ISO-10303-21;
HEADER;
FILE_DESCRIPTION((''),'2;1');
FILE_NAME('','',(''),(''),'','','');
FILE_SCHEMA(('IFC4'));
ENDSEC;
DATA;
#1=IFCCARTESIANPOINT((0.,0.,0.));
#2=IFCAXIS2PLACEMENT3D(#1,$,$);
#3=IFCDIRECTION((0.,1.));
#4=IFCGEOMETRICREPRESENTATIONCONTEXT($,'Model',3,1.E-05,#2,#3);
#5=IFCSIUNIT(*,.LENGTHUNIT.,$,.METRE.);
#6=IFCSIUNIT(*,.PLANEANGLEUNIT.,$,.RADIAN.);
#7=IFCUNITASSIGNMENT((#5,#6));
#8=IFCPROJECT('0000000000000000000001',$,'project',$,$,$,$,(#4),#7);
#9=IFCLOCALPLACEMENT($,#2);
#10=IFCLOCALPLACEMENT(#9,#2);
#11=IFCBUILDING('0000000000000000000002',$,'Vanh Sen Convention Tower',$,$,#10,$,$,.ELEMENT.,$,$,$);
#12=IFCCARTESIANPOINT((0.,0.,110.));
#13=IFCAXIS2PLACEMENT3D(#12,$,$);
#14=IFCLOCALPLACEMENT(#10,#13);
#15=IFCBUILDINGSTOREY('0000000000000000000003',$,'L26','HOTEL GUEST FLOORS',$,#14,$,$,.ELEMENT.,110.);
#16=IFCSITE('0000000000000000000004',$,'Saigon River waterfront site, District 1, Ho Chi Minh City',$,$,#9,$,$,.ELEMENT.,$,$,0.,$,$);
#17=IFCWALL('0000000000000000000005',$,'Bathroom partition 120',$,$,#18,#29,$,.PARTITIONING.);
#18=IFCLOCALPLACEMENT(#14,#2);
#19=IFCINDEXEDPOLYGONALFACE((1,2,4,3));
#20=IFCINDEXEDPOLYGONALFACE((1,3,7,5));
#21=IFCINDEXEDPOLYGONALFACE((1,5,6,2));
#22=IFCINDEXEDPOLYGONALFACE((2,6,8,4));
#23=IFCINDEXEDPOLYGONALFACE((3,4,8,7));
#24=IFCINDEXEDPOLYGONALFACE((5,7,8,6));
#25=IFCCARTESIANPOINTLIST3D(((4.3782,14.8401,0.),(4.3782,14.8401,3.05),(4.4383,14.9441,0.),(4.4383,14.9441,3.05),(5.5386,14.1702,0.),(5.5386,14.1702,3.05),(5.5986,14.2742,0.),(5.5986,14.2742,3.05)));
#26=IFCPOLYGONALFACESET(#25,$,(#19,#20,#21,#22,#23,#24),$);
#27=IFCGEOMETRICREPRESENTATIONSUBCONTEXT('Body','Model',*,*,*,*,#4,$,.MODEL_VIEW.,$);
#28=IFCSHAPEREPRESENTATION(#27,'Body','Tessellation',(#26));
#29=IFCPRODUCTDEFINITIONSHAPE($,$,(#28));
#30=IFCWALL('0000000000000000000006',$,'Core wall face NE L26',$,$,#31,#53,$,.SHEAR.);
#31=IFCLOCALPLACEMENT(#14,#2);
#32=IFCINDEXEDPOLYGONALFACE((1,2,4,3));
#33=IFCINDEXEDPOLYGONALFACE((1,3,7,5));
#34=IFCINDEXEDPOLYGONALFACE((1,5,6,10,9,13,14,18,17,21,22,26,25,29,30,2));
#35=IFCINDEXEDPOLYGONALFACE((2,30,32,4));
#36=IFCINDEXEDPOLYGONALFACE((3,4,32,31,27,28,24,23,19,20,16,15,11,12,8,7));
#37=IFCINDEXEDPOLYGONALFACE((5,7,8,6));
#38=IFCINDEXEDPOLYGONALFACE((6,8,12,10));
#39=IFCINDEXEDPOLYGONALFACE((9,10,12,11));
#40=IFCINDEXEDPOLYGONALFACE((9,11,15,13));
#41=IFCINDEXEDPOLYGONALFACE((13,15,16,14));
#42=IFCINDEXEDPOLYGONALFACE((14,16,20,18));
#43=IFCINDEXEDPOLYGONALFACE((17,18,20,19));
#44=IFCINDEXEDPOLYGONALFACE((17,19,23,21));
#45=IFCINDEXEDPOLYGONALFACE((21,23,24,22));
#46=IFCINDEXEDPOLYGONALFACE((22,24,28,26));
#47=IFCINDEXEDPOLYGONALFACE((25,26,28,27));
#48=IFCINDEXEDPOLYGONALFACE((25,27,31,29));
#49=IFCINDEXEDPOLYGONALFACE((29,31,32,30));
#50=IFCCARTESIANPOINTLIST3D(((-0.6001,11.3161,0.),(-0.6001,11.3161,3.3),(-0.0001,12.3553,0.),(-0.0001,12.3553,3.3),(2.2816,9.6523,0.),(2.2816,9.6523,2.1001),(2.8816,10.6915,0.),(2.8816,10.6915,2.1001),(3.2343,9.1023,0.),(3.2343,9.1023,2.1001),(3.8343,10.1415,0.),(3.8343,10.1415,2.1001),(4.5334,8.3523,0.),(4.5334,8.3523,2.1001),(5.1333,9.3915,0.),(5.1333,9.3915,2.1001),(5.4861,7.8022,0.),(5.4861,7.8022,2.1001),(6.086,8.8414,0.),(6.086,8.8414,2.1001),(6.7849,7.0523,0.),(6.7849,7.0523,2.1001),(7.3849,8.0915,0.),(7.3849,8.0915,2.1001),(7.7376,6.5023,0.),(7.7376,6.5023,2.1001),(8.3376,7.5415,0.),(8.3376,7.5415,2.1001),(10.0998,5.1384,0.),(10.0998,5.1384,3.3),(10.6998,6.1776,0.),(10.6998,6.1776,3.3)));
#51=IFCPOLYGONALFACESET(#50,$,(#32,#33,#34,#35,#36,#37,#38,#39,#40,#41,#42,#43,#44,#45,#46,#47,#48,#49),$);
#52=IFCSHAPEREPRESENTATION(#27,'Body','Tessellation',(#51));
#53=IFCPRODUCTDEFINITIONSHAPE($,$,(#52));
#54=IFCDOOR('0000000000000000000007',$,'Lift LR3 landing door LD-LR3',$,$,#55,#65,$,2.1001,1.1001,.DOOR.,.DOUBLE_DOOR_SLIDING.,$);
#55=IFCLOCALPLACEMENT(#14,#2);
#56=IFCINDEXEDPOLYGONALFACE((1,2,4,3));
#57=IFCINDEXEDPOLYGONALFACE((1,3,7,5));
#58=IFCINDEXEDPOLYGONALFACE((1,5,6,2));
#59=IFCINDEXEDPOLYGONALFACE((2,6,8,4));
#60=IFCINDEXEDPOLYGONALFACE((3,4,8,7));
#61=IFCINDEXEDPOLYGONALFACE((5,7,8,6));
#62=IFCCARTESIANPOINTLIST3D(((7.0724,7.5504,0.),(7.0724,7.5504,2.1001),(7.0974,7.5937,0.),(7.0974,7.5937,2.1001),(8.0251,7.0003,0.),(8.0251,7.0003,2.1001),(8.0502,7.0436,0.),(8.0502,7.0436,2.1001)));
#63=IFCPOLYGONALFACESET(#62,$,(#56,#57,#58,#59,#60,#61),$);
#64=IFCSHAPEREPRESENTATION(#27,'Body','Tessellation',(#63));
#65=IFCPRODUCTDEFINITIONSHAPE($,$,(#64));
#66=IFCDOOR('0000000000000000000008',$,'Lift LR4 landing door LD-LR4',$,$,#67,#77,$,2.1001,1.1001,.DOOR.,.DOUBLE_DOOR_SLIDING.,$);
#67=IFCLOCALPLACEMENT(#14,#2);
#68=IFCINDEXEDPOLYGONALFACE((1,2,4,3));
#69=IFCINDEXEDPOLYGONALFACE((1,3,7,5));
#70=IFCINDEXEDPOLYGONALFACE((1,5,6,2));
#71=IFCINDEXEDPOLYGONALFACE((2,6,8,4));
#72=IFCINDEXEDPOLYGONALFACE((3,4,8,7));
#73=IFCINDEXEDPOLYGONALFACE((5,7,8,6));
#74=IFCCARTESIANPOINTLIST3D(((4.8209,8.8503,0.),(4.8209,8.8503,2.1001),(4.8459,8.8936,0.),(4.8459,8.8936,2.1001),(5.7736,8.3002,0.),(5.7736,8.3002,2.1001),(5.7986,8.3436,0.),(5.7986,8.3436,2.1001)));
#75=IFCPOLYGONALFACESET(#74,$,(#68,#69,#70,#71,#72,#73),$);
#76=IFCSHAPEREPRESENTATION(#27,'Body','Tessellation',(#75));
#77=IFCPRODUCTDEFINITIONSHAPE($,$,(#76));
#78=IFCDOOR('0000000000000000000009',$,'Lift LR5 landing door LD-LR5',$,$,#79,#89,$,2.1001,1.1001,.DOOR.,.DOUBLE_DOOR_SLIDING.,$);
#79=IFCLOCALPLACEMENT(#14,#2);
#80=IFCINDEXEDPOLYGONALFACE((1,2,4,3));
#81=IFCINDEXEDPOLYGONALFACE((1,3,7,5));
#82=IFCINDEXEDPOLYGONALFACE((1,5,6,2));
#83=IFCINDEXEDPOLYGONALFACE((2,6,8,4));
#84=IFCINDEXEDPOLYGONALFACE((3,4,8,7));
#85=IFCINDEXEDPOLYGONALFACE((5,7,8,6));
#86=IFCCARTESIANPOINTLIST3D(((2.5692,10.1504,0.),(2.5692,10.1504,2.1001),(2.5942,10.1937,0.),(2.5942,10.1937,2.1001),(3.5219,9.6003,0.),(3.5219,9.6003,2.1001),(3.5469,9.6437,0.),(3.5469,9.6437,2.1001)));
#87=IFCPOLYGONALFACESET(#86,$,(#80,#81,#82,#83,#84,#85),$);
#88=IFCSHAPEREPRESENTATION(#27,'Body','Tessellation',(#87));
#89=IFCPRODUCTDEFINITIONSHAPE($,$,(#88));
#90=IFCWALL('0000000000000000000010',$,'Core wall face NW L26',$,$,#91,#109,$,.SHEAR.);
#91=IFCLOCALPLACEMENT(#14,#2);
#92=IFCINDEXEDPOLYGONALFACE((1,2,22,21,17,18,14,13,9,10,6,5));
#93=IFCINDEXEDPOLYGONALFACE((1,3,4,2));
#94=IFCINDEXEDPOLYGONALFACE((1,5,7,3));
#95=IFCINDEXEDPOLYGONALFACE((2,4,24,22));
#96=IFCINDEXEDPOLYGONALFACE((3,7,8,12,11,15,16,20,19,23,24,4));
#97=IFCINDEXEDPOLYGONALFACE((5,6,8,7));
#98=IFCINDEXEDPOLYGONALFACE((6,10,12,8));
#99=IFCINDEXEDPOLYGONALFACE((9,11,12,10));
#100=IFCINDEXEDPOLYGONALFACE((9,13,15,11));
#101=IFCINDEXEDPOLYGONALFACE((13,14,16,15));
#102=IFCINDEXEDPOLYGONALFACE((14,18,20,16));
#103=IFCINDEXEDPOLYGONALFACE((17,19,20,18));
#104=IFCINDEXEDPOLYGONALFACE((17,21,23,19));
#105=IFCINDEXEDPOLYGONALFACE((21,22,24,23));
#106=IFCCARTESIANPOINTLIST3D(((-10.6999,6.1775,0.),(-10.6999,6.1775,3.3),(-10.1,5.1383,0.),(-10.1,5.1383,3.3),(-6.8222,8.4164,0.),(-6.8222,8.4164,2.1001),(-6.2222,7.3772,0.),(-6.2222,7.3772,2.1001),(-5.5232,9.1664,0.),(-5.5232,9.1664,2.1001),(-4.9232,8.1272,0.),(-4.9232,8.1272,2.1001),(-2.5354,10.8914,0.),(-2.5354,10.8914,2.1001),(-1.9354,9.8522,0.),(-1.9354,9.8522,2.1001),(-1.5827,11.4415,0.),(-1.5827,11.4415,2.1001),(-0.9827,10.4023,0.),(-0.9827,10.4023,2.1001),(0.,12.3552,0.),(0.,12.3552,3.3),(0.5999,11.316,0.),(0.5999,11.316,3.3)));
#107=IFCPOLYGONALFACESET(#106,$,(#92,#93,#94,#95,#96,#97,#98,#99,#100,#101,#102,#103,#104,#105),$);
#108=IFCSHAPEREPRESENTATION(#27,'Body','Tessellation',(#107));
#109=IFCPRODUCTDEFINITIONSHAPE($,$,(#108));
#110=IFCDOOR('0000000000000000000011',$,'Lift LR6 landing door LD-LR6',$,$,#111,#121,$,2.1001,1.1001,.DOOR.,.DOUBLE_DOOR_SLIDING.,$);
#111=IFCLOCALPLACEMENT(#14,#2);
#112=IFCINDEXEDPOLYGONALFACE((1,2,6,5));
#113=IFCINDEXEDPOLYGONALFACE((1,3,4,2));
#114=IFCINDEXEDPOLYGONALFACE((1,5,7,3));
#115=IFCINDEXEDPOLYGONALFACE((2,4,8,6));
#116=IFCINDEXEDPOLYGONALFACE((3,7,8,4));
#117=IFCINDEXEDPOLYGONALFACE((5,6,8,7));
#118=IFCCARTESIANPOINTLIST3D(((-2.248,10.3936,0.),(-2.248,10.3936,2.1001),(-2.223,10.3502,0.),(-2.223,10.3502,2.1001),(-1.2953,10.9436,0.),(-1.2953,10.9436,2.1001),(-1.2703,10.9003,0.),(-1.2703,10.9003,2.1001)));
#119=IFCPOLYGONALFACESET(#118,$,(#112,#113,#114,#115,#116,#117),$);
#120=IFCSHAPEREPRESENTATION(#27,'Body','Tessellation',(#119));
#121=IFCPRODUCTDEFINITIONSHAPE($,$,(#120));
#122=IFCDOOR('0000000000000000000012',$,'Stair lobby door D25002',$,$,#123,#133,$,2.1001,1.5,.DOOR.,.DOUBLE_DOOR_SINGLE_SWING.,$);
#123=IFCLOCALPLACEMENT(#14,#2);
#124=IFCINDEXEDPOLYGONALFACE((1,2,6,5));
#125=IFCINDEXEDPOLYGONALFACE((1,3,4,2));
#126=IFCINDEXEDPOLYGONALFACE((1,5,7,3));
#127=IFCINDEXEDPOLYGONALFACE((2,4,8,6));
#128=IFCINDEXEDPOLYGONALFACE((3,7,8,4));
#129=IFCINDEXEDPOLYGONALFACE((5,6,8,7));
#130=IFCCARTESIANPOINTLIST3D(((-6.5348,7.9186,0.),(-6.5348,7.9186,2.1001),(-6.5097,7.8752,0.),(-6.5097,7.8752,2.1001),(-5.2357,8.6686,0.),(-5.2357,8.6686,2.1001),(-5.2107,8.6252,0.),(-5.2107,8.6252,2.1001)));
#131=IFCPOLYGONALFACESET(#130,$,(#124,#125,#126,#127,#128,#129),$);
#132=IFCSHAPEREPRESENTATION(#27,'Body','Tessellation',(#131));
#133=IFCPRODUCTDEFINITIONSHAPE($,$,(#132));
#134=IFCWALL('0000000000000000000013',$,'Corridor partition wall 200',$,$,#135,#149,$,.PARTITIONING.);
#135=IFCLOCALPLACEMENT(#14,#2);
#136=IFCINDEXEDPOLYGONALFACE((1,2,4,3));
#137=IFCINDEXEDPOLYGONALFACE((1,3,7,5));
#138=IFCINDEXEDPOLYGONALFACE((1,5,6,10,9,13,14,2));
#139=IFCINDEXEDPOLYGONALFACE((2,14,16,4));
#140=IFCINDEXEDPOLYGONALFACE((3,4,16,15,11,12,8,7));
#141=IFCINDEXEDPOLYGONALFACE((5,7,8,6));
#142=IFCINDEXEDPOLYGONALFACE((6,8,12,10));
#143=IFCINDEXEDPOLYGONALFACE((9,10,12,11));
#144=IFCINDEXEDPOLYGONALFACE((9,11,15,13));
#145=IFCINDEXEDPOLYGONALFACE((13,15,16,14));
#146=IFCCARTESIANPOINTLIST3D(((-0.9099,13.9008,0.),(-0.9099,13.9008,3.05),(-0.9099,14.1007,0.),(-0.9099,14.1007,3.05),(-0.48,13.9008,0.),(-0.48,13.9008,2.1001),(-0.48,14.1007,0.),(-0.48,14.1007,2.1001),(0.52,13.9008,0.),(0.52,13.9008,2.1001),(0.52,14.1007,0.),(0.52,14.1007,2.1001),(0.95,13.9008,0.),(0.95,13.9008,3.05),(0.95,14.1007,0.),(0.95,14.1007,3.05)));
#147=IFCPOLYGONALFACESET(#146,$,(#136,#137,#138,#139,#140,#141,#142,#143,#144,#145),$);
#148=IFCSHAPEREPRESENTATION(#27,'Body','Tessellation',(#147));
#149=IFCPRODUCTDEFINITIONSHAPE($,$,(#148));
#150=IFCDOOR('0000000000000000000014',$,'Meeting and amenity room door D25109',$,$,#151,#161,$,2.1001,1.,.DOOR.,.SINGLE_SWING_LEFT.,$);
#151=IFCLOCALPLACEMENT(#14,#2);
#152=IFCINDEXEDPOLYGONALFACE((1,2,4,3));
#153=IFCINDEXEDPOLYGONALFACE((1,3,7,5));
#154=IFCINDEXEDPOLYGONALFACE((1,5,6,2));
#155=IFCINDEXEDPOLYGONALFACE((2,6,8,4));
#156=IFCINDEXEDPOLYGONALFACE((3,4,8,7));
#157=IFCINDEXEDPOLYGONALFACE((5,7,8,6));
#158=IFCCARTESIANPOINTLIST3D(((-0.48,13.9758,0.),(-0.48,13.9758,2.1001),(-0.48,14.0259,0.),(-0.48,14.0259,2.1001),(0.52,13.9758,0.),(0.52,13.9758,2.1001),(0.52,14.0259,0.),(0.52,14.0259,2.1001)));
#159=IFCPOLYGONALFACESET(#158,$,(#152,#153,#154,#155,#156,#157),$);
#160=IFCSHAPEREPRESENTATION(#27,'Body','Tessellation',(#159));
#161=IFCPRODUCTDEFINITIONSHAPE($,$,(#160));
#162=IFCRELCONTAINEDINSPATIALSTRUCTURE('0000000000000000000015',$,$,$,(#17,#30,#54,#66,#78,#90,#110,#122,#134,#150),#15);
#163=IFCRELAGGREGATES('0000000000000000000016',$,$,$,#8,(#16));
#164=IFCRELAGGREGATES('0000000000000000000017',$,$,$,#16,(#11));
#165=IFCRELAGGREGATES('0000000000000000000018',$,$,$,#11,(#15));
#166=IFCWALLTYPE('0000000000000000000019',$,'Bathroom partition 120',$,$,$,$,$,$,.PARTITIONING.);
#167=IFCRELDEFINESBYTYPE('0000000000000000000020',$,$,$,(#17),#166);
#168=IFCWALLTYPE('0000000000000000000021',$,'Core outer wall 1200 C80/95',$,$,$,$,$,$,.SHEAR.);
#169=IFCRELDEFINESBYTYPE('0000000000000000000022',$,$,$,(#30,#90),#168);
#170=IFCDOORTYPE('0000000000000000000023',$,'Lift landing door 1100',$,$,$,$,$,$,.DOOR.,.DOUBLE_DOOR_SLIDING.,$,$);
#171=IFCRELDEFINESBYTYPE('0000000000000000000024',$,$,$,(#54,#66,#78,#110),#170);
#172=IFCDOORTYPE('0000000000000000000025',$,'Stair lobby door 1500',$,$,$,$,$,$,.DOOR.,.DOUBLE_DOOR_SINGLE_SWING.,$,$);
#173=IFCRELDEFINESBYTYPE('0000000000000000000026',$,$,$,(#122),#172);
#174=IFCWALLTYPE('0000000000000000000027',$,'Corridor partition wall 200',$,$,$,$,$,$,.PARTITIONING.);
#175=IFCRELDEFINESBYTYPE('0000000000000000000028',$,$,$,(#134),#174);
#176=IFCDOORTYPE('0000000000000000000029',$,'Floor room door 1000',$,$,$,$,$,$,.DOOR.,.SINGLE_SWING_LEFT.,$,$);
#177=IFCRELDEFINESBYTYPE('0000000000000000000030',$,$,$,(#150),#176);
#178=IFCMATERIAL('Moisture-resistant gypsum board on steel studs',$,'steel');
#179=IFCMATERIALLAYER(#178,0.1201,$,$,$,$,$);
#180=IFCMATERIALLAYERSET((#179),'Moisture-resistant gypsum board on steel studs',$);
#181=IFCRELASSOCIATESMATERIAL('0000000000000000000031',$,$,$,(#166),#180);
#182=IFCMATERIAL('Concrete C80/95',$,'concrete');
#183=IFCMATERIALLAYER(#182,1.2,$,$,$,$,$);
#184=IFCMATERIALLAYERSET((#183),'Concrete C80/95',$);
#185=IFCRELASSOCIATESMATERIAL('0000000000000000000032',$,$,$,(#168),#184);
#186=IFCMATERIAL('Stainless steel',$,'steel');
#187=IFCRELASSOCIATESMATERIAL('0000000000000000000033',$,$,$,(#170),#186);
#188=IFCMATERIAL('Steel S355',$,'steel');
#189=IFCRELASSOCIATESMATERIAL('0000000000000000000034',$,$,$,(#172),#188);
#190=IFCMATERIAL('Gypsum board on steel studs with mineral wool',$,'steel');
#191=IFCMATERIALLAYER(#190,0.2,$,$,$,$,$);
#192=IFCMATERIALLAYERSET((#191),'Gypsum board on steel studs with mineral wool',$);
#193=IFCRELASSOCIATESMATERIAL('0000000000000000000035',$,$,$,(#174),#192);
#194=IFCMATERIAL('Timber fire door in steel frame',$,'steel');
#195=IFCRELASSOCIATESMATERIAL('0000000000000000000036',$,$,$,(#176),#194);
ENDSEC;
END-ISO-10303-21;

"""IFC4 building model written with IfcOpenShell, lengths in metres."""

from ifc_helpers import new_model, si_unit, direction, frame, frame_2d, origin, place, context, subcontext, project, spatial, rectangle, extrude, material, layer, layer_set, type_object, element, fill, save


model = new_model("IFC4")

# Units and contexts
model_context = context("Model", 3, precision=1e-05, world=origin(), true_north=direction((0.0, 1.0)))
body_context = subcontext(model_context, "Body", "Model", "MODEL_VIEW")
ifc_project = project(units=[si_unit("LENGTHUNIT", "METRE"), si_unit("PLANEANGLEUNIT", "RADIAN")], contexts=[model_context])

# Site, building, storey
site_placement = place(None, origin())
site = spatial("IfcSite", under=ifc_project, at=site_placement, Name="Saigon River waterfront site, District 1, Ho Chi Minh City", CompositionType="ELEMENT", RefElevation=0.0)
building_placement = place(site_placement, origin())
building = spatial("IfcBuilding", under=site, at=building_placement, Name="Vanh Sen Convention Tower", CompositionType="ELEMENT")
storey_placement = place(building_placement, frame((0.0, 0.0, 110.0)))
storey = spatial("IfcBuildingStorey", under=building, at=storey_placement, Name="L26", Description="HOTEL GUEST FLOORS", CompositionType="ELEMENT", Elevation=110.0)

# Wall
ifc_material_1 = material(Name="Moisture-resistant gypsum board on steel studs", Category="steel")
ifc_layer_1 = layer(ifc_material_1, 0.1201)
ifc_layer_set_1 = layer_set([ifc_layer_1], Name="Moisture-resistant gypsum board on steel studs")
wall_type_1 = type_object("IfcWallType", Name="Bathroom partition 120", PredefinedType="PARTITIONING", material=ifc_layer_set_1)
wall_1_placement = place(storey_placement, frame((5.5686, 14.2222, 0.0), z_axis=(0.0, 0.0, 1.0), x_axis=(-0.866037, 0.49998, 0.0)))
element("IfcWall", 1, at=wall_1_placement, inside=storey, type_object=wall_type_1, Name="Bathroom partition 120", PredefinedType="PARTITIONING", context=body_context, shape_type="SweptSolid", body=[
    extrude(rectangle(XDim=1.3398, YDim=0.1201, at=frame_2d((0.6699, 0.0))), origin(), (0.0, 0.0, 1.0), 3.05),
])

# Walls, openings, doors
ifc_material_2 = material(Name="Concrete C80/95", Category="concrete")
ifc_layer_2 = layer(ifc_material_2, 1.2)
ifc_layer_set_2 = layer_set([ifc_layer_2], Name="Concrete C80/95")
wall_type_2 = type_object("IfcWallType", Name="Core outer wall 1200 C80/95", PredefinedType="SHEAR", material=ifc_layer_set_2)
wall_2_placement = place(storey_placement, frame((10.3999, 5.658, 0.0), z_axis=(0.0, 0.0, 1.0), x_axis=(-0.866021, 0.500007, 0.0)))
wall_2 = element("IfcWall", 2, at=wall_2_placement, inside=storey, type_object=wall_type_2, Name="Core wall face NE L26", PredefinedType="SHEAR", context=body_context, shape_type="SweptSolid", body=[
    extrude(rectangle(XDim=12.3552, YDim=1.2, at=frame_2d((6.1777, 0.0))), origin(), (0.0, 0.0, 1.0), 3.3),
])
opening_1_placement = place(wall_2_placement, frame((2.7278, 0.0, 0.0)))
opening_1 = element("IfcOpeningElement", 3, at=opening_1_placement, cuts=wall_2, PredefinedType="OPENING", context=body_context, shape_type="SweptSolid", body=[
    extrude(rectangle(XDim=1.1001, YDim=2.1001, at=frame_2d((0.55, 1.05))), frame((0.0, 0.6099, 0.0), z_axis=(0.0, -1.0, 0.0), x_axis=(1.0, 0.0, 0.0)), (0.0, 0.0, 1.0), 1.22),
])
opening_2_placement = place(wall_2_placement, frame((5.3276, 0.0, 0.0)))
opening_2 = element("IfcOpeningElement", 4, at=opening_2_placement, cuts=wall_2, PredefinedType="OPENING", context=body_context, shape_type="SweptSolid", body=[
    extrude(rectangle(XDim=1.1001, YDim=2.1001, at=frame_2d((0.55, 1.05))), frame((0.0, 0.6099, 0.0), z_axis=(0.0, -1.0, 0.0), x_axis=(1.0, 0.0, 0.0)), (0.0, 0.0, 1.0), 1.22),
])
opening_3_placement = place(wall_2_placement, frame((7.9277, 0.0, 0.0)))
opening_3 = element("IfcOpeningElement", 5, at=opening_3_placement, cuts=wall_2, PredefinedType="OPENING", context=body_context, shape_type="SweptSolid", body=[
    extrude(rectangle(XDim=1.1001, YDim=2.1001, at=frame_2d((0.55, 1.05))), frame((0.0, 0.6099, 0.0), z_axis=(0.0, -1.0, 0.0), x_axis=(1.0, 0.0, 0.0)), (0.0, 0.0, 1.0), 1.22),
])
ifc_material_3 = material(Name="Stainless steel", Category="steel")
door_type_1 = type_object("IfcDoorType", Name="Lift landing door 1100", OperationType="DOUBLE_DOOR_SLIDING", PredefinedType="DOOR", material=ifc_material_3)
door_1_placement = place(opening_1_placement, origin())
door_1 = element("IfcDoor", 6, at=door_1_placement, inside=storey, type_object=door_type_1, Name="Lift LR3 landing door LD-LR3", OperationType="DOUBLE_DOOR_SLIDING", OverallHeight=2.1001, OverallWidth=1.1001, PredefinedType="DOOR", context=body_context, shape_type="SweptSolid", body=[
    extrude(rectangle(XDim=1.1001, YDim=2.1001, at=frame_2d((0.55, 1.05))), frame((0.0, 0.0249, 0.0), z_axis=(0.0, -1.0, 0.0), x_axis=(1.0, 0.0, 0.0)), (0.0, 0.0, 1.0), 0.05),
])
fill(opening_1, door_1)
door_2_placement = place(opening_2_placement, origin())
door_2 = element("IfcDoor", 7, at=door_2_placement, inside=storey, type_object=door_type_1, Name="Lift LR4 landing door LD-LR4", OperationType="DOUBLE_DOOR_SLIDING", OverallHeight=2.1001, OverallWidth=1.1001, PredefinedType="DOOR", context=body_context, shape_type="SweptSolid", body=[
    extrude(rectangle(XDim=1.1001, YDim=2.1001, at=frame_2d((0.55, 1.05))), frame((0.0, 0.0249, 0.0), z_axis=(0.0, -1.0, 0.0), x_axis=(1.0, 0.0, 0.0)), (0.0, 0.0, 1.0), 0.05),
])
fill(opening_2, door_2)
door_3_placement = place(opening_3_placement, origin())
door_3 = element("IfcDoor", 8, at=door_3_placement, inside=storey, type_object=door_type_1, Name="Lift LR5 landing door LD-LR5", OperationType="DOUBLE_DOOR_SLIDING", OverallHeight=2.1001, OverallWidth=1.1001, PredefinedType="DOOR", context=body_context, shape_type="SweptSolid", body=[
    extrude(rectangle(XDim=1.1001, YDim=2.1001, at=frame_2d((0.55, 1.05))), frame((0.0, 0.0249, 0.0), z_axis=(0.0, -1.0, 0.0), x_axis=(1.0, 0.0, 0.0)), (0.0, 0.0, 1.0), 0.05),
])
fill(opening_3, door_3)
wall_3_placement = place(storey_placement, frame((0.3, 11.8357, 0.0), z_axis=(0.0, 0.0, 1.0), x_axis=(-0.866021, -0.500007, 0.0)))
wall_3 = element("IfcWall", 9, at=wall_3_placement, inside=storey, type_object=wall_type_2, Name="Core wall face NW L26", PredefinedType="SHEAR", context=body_context, shape_type="SweptSolid", body=[
    extrude(rectangle(XDim=12.3552, YDim=1.2, at=frame_2d((6.1777, 0.0))), origin(), (0.0, 0.0, 1.0), 3.3),
])
opening_4_placement = place(wall_3_placement, frame((6.3777, 0.0, 0.0)))
opening_4 = element("IfcOpeningElement", 10, at=opening_4_placement, cuts=wall_3, PredefinedType="OPENING", context=body_context, shape_type="SweptSolid", body=[
    extrude(rectangle(XDim=1.5, YDim=2.1001, at=frame_2d((0.75, 1.05))), frame((0.0, 0.6099, 0.0), z_axis=(0.0, -1.0, 0.0), x_axis=(1.0, 0.0, 0.0)), (0.0, 0.0, 1.0), 1.22),
])
opening_5_placement = place(wall_3_placement, frame((1.8276, 0.0, 0.0)))
opening_5 = element("IfcOpeningElement", 11, at=opening_5_placement, cuts=wall_3, PredefinedType="OPENING", context=body_context, shape_type="SweptSolid", body=[
    extrude(rectangle(XDim=1.1001, YDim=2.1001, at=frame_2d((0.55, 1.05))), frame((0.0, 0.6099, 0.0), z_axis=(0.0, -1.0, 0.0), x_axis=(1.0, 0.0, 0.0)), (0.0, 0.0, 1.0), 1.22),
])
door_4_placement = place(opening_5_placement, origin())
door_4 = element("IfcDoor", 12, at=door_4_placement, inside=storey, type_object=door_type_1, Name="Lift LR6 landing door LD-LR6", OperationType="DOUBLE_DOOR_SLIDING", OverallHeight=2.1001, OverallWidth=1.1001, PredefinedType="DOOR", context=body_context, shape_type="SweptSolid", body=[
    extrude(rectangle(XDim=1.1001, YDim=2.1001, at=frame_2d((0.55, 1.05))), frame((0.0, 0.0249, 0.0), z_axis=(0.0, -1.0, 0.0), x_axis=(1.0, 0.0, 0.0)), (0.0, 0.0, 1.0), 0.05),
])
fill(opening_5, door_4)
ifc_material_4 = material(Name="Steel S355", Category="steel")
door_type_2 = type_object("IfcDoorType", Name="Stair lobby door 1500", OperationType="DOUBLE_DOOR_SINGLE_SWING", PredefinedType="DOOR", material=ifc_material_4)
door_5_placement = place(opening_4_placement, origin())
door_5 = element("IfcDoor", 13, at=door_5_placement, inside=storey, type_object=door_type_2, Name="Stair lobby door D25002", OperationType="DOUBLE_DOOR_SINGLE_SWING", OverallHeight=2.1001, OverallWidth=1.5, PredefinedType="DOOR", context=body_context, shape_type="SweptSolid", body=[
    extrude(rectangle(XDim=1.5, YDim=2.1001, at=frame_2d((0.75, 1.05))), frame((0.0, 0.0249, 0.0), z_axis=(0.0, -1.0, 0.0), x_axis=(1.0, 0.0, 0.0)), (0.0, 0.0, 1.0), 0.05),
])
fill(opening_4, door_5)

# Wall, opening, door
ifc_material_5 = material(Name="Gypsum board on steel studs with mineral wool", Category="steel")
ifc_layer_3 = layer(ifc_material_5, 0.2)
ifc_layer_set_3 = layer_set([ifc_layer_3], Name="Gypsum board on steel studs with mineral wool")
wall_type_3 = type_object("IfcWallType", Name="Corridor partition wall 200", PredefinedType="PARTITIONING", material=ifc_layer_set_3)
wall_4_placement = place(storey_placement, frame((0.95, 14.0007, 0.0), z_axis=(0.0, 0.0, 1.0), x_axis=(-1.0, 0.0, 0.0)))
wall_4 = element("IfcWall", 14, at=wall_4_placement, inside=storey, type_object=wall_type_3, Name="Corridor partition wall 200", PredefinedType="PARTITIONING", context=body_context, shape_type="SweptSolid", body=[
    extrude(rectangle(XDim=1.8599, YDim=0.2, at=frame_2d((0.9299, 0.0))), origin(), (0.0, 0.0, 1.0), 3.05),
])
opening_6_placement = place(wall_4_placement, frame((0.4299, 0.0, 0.0)))
opening_6 = element("IfcOpeningElement", 15, at=opening_6_placement, cuts=wall_4, PredefinedType="OPENING", context=body_context, shape_type="SweptSolid", body=[
    extrude(rectangle(XDim=1.0, YDim=2.1001, at=frame_2d((0.5, 1.05))), frame((0.0, 0.1099, 0.0), z_axis=(0.0, -1.0, 0.0), x_axis=(1.0, 0.0, 0.0)), (0.0, 0.0, 1.0), 0.22),
])
ifc_material_6 = material(Name="Timber fire door in steel frame", Category="steel")
door_type_3 = type_object("IfcDoorType", Name="Floor room door 1000", OperationType="SINGLE_SWING_LEFT", PredefinedType="DOOR", material=ifc_material_6)
door_6_placement = place(opening_6_placement, origin())
door_6 = element("IfcDoor", 16, at=door_6_placement, inside=storey, type_object=door_type_3, Name="Meeting and amenity room door D25109", OperationType="SINGLE_SWING_LEFT", OverallHeight=2.1001, OverallWidth=1.0, PredefinedType="DOOR", context=body_context, shape_type="SweptSolid", body=[
    extrude(rectangle(XDim=1.0, YDim=2.1001, at=frame_2d((0.5, 1.05))), frame((0.0, 0.0249, 0.0), z_axis=(0.0, -1.0, 0.0), x_axis=(1.0, 0.0, 0.0)), (0.0, 0.0, 1.0), 0.05),
])
fill(opening_6, door_6)

save(model, "model.ifc")
